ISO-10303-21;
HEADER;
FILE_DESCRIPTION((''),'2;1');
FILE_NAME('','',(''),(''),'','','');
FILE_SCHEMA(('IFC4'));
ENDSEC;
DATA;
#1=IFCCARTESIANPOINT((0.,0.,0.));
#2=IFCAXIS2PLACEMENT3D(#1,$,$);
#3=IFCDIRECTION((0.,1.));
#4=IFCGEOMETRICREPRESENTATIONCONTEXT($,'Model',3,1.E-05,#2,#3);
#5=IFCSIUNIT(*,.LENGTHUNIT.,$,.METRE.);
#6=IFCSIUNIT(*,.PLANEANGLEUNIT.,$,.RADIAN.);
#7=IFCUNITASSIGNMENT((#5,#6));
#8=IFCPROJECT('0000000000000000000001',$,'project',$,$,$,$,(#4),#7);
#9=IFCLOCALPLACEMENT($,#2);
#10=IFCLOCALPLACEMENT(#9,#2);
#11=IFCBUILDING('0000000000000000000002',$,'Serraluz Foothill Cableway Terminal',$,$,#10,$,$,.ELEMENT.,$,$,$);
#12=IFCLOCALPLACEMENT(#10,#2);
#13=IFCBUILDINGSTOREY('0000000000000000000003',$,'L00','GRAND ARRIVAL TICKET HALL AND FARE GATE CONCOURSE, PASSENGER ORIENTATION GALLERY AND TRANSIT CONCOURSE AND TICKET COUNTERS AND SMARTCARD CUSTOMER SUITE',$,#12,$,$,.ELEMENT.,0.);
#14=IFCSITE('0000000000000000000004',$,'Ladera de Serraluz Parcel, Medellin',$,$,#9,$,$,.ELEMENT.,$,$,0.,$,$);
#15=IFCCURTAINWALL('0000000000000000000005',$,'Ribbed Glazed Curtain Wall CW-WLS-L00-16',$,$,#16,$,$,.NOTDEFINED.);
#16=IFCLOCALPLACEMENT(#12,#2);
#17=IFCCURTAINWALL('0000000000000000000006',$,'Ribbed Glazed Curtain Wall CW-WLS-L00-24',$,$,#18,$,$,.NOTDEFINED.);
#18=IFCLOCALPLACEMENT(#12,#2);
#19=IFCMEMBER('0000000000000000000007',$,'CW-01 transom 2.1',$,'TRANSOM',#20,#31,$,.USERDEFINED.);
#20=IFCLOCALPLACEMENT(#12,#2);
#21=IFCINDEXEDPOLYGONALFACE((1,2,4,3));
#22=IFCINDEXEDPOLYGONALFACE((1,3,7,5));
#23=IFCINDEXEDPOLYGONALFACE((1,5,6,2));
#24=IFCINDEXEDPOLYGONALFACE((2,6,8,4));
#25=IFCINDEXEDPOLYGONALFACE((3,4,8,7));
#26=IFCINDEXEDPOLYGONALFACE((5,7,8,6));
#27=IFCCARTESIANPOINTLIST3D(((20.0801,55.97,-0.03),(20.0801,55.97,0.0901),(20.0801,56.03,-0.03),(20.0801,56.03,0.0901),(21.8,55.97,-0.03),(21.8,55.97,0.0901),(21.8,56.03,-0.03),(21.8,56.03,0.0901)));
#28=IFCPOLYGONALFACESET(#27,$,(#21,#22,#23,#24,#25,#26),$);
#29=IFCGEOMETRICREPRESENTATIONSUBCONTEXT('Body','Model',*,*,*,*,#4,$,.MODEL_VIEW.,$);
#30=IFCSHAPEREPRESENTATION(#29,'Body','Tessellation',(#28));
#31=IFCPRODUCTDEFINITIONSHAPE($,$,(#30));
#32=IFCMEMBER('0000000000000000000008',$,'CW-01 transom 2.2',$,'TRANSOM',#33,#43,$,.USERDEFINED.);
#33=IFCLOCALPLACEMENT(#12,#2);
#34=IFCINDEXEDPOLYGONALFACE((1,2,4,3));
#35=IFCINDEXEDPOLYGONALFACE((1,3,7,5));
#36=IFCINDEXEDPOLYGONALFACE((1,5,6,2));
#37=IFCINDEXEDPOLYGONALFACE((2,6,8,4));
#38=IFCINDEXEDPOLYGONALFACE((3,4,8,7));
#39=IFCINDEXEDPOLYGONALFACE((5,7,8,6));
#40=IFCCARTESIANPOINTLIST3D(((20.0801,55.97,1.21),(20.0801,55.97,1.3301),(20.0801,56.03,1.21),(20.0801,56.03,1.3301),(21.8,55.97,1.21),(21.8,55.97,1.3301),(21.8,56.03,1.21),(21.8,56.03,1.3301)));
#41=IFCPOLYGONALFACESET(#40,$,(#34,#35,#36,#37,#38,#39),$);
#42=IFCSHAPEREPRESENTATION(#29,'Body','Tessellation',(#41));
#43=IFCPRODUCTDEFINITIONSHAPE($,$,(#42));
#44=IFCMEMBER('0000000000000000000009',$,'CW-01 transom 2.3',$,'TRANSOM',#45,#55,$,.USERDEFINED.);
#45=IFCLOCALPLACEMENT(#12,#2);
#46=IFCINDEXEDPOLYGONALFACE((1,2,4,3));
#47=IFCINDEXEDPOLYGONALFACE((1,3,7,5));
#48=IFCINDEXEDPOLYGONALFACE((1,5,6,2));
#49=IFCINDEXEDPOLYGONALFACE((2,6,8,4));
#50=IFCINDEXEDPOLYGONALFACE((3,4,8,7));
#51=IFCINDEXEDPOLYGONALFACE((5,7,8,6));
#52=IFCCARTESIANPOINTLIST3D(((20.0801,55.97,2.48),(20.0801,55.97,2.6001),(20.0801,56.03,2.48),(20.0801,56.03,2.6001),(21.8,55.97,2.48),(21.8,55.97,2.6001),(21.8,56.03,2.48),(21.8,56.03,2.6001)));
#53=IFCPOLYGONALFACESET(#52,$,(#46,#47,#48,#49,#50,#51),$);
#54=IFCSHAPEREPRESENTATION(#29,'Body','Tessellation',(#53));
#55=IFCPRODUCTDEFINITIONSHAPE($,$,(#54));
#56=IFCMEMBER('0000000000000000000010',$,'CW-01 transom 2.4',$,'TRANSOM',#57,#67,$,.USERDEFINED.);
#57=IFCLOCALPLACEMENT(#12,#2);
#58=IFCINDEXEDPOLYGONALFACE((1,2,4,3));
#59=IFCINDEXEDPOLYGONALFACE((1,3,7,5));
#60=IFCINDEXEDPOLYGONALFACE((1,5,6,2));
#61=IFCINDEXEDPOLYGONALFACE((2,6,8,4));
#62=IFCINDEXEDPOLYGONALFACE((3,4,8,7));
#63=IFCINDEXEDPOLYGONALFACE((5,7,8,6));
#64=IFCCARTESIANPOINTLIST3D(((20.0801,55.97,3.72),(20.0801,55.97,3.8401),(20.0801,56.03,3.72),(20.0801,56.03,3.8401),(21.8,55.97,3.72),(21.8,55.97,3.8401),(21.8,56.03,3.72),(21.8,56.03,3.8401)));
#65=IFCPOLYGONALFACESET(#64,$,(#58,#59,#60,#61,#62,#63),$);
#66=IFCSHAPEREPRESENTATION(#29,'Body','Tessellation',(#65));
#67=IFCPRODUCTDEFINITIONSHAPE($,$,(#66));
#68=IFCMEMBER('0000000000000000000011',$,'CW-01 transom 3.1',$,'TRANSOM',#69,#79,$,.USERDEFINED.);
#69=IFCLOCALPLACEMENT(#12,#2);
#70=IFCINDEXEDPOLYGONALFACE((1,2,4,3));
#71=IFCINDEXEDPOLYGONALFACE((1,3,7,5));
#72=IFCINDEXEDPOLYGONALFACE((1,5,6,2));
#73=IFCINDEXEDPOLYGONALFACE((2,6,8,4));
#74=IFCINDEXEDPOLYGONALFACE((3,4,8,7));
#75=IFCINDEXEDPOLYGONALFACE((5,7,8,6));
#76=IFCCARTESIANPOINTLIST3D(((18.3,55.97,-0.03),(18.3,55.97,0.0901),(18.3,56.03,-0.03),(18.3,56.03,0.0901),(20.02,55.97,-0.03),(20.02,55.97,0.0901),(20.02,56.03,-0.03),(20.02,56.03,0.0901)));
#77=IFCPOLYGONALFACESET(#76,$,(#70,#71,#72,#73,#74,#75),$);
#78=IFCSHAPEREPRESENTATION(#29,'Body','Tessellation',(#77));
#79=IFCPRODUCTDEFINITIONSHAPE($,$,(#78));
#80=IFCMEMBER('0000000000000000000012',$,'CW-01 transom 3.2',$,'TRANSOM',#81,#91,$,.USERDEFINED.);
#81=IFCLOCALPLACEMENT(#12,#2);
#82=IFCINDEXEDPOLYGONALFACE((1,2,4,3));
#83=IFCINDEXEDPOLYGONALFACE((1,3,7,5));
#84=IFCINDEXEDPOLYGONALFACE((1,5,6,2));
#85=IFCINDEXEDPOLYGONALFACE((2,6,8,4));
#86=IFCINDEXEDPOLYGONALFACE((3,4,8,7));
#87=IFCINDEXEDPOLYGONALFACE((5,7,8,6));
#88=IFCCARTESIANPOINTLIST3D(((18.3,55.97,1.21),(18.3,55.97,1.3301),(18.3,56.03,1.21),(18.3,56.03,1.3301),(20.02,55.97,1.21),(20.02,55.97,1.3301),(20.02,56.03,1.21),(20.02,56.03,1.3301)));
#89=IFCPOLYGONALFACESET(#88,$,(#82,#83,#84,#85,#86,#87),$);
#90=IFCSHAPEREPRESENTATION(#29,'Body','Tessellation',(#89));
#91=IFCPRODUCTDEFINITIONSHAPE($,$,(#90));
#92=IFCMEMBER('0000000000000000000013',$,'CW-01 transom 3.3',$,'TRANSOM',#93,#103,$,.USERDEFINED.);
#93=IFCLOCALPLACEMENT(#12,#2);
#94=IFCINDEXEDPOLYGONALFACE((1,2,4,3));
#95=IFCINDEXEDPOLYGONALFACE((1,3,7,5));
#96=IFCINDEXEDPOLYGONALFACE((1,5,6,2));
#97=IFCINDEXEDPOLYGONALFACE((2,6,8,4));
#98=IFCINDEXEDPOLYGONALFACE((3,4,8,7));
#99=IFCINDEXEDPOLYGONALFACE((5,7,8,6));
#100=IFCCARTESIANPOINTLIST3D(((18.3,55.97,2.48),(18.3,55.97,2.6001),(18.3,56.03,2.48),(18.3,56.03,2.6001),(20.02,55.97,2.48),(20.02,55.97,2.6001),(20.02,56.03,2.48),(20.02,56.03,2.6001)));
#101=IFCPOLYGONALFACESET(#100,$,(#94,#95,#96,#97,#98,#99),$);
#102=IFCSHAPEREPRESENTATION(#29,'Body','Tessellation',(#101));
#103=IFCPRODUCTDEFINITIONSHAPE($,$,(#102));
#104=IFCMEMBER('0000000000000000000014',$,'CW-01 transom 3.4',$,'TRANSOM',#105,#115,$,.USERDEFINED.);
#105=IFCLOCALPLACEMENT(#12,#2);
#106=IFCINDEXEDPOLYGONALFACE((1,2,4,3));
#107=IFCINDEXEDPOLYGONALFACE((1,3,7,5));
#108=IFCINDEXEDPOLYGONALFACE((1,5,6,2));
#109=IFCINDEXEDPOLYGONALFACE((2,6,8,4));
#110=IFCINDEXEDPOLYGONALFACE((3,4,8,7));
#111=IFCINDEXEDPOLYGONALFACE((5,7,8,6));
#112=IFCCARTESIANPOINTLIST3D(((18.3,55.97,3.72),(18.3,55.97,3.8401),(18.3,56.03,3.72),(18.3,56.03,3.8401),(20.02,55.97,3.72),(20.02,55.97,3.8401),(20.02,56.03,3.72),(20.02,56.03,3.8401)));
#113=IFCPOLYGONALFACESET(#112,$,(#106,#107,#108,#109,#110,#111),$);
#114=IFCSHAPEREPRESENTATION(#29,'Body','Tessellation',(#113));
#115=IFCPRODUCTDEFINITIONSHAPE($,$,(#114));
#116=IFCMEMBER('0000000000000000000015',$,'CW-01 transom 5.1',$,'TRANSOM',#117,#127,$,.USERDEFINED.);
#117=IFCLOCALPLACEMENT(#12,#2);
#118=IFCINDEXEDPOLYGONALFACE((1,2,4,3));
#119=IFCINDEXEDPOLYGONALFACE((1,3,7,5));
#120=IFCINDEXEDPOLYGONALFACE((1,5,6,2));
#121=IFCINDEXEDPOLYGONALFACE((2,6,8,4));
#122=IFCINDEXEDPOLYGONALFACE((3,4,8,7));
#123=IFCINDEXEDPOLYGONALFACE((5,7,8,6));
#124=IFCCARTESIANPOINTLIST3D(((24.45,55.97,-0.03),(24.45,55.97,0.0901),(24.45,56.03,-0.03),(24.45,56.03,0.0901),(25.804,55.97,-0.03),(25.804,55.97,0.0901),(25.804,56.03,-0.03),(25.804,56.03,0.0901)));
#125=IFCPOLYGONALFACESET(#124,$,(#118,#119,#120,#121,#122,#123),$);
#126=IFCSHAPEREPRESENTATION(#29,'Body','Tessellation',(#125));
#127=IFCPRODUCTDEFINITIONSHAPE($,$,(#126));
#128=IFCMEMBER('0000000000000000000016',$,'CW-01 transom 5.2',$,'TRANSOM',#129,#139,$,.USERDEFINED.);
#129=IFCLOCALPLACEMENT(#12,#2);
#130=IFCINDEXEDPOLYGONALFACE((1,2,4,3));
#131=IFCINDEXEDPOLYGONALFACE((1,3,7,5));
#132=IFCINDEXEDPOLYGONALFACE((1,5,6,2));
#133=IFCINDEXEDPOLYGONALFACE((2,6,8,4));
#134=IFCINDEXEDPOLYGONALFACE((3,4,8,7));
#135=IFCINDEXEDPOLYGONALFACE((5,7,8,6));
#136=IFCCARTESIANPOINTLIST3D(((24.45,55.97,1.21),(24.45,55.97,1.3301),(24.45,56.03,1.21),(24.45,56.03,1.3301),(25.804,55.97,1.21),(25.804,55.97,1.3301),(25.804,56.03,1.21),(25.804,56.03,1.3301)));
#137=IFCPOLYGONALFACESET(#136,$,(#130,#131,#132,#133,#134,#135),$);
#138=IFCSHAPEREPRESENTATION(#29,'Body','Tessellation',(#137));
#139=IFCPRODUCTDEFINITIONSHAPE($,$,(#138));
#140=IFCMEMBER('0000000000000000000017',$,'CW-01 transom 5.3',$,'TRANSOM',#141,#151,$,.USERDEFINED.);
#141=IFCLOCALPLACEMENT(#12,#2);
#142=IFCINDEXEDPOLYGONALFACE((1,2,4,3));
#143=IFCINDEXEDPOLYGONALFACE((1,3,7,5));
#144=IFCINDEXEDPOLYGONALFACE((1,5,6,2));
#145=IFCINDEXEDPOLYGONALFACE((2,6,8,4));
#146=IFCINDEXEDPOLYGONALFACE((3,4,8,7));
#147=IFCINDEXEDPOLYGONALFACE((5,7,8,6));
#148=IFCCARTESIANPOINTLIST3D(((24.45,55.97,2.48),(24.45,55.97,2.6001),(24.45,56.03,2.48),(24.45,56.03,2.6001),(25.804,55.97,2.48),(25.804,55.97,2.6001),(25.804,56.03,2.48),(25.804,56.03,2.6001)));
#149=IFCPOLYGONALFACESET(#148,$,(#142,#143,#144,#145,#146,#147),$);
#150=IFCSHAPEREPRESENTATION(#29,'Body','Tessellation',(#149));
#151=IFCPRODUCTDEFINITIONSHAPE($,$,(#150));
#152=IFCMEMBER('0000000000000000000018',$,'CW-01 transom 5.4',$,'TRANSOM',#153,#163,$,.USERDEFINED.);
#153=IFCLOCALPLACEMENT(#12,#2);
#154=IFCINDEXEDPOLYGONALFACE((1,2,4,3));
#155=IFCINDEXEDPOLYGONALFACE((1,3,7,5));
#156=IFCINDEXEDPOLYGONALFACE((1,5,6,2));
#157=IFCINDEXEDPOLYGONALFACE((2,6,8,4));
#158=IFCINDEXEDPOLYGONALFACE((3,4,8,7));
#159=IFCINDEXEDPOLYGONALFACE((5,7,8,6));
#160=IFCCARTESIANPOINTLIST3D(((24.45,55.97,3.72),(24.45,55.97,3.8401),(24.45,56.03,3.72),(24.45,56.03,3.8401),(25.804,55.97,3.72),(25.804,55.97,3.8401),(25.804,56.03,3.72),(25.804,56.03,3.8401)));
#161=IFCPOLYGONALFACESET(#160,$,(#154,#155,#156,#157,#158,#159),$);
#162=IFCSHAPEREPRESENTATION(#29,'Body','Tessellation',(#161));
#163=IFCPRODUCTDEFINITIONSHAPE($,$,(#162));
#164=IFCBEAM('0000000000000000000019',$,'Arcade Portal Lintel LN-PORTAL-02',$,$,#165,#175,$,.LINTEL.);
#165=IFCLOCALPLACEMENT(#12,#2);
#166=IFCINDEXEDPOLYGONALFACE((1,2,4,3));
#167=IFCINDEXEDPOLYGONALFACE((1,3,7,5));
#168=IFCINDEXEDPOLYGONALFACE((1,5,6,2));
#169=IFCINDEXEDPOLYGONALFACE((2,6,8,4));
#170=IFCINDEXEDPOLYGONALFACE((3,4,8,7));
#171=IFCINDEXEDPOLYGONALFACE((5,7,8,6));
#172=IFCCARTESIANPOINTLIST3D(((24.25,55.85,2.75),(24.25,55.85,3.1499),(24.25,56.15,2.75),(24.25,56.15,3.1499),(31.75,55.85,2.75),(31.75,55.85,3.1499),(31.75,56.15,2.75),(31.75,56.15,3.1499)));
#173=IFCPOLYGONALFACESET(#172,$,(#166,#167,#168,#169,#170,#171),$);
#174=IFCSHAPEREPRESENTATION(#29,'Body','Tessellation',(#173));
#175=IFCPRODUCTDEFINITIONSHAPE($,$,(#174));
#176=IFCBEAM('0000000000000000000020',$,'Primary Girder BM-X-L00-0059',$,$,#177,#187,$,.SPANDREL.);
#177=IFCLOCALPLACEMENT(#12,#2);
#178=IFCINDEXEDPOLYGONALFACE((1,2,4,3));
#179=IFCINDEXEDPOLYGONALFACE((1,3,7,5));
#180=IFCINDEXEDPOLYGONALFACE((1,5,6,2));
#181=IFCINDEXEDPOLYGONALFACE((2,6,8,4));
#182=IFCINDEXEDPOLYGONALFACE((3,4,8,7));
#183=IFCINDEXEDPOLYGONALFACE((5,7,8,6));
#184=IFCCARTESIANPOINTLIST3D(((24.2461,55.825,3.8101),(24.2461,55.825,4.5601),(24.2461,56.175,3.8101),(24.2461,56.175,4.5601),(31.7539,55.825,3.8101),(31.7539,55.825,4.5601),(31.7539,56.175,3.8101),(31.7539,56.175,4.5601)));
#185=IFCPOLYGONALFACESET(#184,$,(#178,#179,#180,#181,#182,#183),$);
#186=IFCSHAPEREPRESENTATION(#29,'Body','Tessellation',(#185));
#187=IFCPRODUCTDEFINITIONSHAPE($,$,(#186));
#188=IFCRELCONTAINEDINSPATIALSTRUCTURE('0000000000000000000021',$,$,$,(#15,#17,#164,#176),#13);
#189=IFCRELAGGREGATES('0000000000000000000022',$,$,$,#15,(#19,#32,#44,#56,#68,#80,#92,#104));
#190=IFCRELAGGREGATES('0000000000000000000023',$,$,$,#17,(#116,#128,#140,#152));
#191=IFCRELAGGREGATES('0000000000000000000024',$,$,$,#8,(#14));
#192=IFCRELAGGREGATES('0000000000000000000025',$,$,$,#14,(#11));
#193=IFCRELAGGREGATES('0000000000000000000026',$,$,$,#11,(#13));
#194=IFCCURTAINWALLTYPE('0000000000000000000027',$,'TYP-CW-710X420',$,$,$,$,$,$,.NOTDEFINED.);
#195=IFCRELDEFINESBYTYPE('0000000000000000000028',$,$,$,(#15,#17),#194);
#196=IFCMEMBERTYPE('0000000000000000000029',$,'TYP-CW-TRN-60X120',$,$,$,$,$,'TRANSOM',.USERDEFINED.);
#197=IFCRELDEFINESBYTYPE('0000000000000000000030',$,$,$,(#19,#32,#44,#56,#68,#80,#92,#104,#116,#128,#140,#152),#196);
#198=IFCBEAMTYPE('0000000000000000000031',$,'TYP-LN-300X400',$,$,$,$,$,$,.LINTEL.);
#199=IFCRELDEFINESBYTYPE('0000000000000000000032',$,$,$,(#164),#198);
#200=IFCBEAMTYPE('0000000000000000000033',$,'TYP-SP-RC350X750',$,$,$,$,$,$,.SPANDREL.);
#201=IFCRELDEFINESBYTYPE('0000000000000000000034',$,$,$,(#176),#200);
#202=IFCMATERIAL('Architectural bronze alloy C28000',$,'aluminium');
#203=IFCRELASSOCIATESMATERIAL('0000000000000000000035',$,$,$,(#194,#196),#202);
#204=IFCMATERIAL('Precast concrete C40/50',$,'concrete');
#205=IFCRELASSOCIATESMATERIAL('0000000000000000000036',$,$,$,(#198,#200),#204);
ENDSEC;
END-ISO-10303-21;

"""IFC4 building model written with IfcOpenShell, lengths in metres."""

from ifc_helpers import new_model, si_unit, direction, frame, origin, origin_2d, place, context, subcontext, project, spatial, rectangle, extrude, material, material_profile, profile_set, type_object, element, aggregate, save


model = new_model("IFC4")

# Units and contexts
model_context = context("Model", 3, precision=1e-05, world=origin(), true_north=direction((0.0, 1.0)))
body_context = subcontext(model_context, "Body", "Model", "MODEL_VIEW")
ifc_project = project(units=[si_unit("LENGTHUNIT", "METRE"), si_unit("PLANEANGLEUNIT", "RADIAN")], contexts=[model_context])

# Site, building, storey
site_placement = place(None, origin())
site = spatial("IfcSite", under=ifc_project, at=site_placement, Name="Ladera de Serraluz Parcel, Medellin", CompositionType="ELEMENT", RefElevation=0.0)
building_placement = place(site_placement, origin())
building = spatial("IfcBuilding", under=site, at=building_placement, Name="Serraluz Foothill Cableway Terminal", CompositionType="ELEMENT")
storey_placement = place(building_placement, origin())
storey = spatial("IfcBuildingStorey", under=building, at=storey_placement, Name="L00", Description="GRAND ARRIVAL TICKET HALL AND FARE GATE CONCOURSE, PASSENGER ORIENTATION GALLERY AND TRANSIT CONCOURSE AND TICKET COUNTERS AND SMARTCARD CUSTOMER SUITE", CompositionType="ELEMENT", Elevation=0.0)

# Curtain walls
ifc_material_1 = material(Name="Architectural bronze alloy C28000", Category="aluminium")
curtain_wall_type = type_object("IfcCurtainWallType", Name="TYP-CW-710X420", PredefinedType="NOTDEFINED", material=ifc_material_1)
curtain_wall_1_placement = place(storey_placement, origin())
curtain_wall_1 = element("IfcCurtainWall", 1, at=curtain_wall_1_placement, inside=storey, type_object=curtain_wall_type, Name="Ribbed Glazed Curtain Wall CW-WLS-L00-16", PredefinedType="NOTDEFINED")
curtain_wall_2_placement = place(storey_placement, origin())
curtain_wall_2 = element("IfcCurtainWall", 2, at=curtain_wall_2_placement, inside=storey, type_object=curtain_wall_type, Name="Ribbed Glazed Curtain Wall CW-WLS-L00-24", PredefinedType="NOTDEFINED")

# Members
ifc_material_profile_1 = material_profile(ifc_material_1, rectangle(XDim=0.0601, YDim=0.1201, at=origin_2d()), Name="ALU TRANSOM 60x120")
ifc_profile_set_1 = profile_set([ifc_material_profile_1], Name="Architectural bronze alloy C28000")
member_type_1 = type_object("IfcMemberType", Name="TYP-CW-TRN-60X120", ElementType="TRANSOM", PredefinedType="USERDEFINED", material=ifc_profile_set_1)
member_1_placement = place(storey_placement, frame((21.8, 56.0, 0.03), z_axis=(-1.0, 0.0, 0.0), x_axis=(0.0, -1.0, 0.0)))
member_1 = element("IfcMember", 3, at=member_1_placement, type_object=member_type_1, Name="CW-01 transom 2.1", ObjectType="TRANSOM", PredefinedType="USERDEFINED", context=body_context, shape_type="SweptSolid", body=[
    extrude(rectangle(XDim=0.0601, YDim=0.1201, at=origin_2d()), origin(), (0.0, 0.0, 1.0), 1.72),
])
member_2_placement = place(storey_placement, frame((21.8, 56.0, 1.27), z_axis=(-1.0, 0.0, 0.0), x_axis=(0.0, -1.0, 0.0)))
member_2 = element("IfcMember", 4, at=member_2_placement, type_object=member_type_1, Name="CW-01 transom 2.2", ObjectType="TRANSOM", PredefinedType="USERDEFINED", context=body_context, shape_type="SweptSolid", body=[
    extrude(rectangle(XDim=0.0601, YDim=0.1201, at=origin_2d()), origin(), (0.0, 0.0, 1.0), 1.72),
])
member_3_placement = place(storey_placement, frame((21.8, 56.0, 2.54), z_axis=(-1.0, 0.0, 0.0), x_axis=(0.0, -1.0, 0.0)))
member_3 = element("IfcMember", 5, at=member_3_placement, type_object=member_type_1, Name="CW-01 transom 2.3", ObjectType="TRANSOM", PredefinedType="USERDEFINED", context=body_context, shape_type="SweptSolid", body=[
    extrude(rectangle(XDim=0.0601, YDim=0.1201, at=origin_2d()), origin(), (0.0, 0.0, 1.0), 1.72),
])
member_4_placement = place(storey_placement, frame((21.8, 56.0, 3.78), z_axis=(-1.0, 0.0, 0.0), x_axis=(0.0, -1.0, 0.0)))
member_4 = element("IfcMember", 6, at=member_4_placement, type_object=member_type_1, Name="CW-01 transom 2.4", ObjectType="TRANSOM", PredefinedType="USERDEFINED", context=body_context, shape_type="SweptSolid", body=[
    extrude(rectangle(XDim=0.0601, YDim=0.1201, at=origin_2d()), origin(), (0.0, 0.0, 1.0), 1.72),
])
member_5_placement = place(storey_placement, frame((20.02, 56.0, 0.03), z_axis=(-1.0, 0.0, 0.0), x_axis=(0.0, -1.0, 0.0)))
member_5 = element("IfcMember", 7, at=member_5_placement, type_object=member_type_1, Name="CW-01 transom 3.1", ObjectType="TRANSOM", PredefinedType="USERDEFINED", context=body_context, shape_type="SweptSolid", body=[
    extrude(rectangle(XDim=0.0601, YDim=0.1201, at=origin_2d()), origin(), (0.0, 0.0, 1.0), 1.72),
])
member_6_placement = place(storey_placement, frame((20.02, 56.0, 1.27), z_axis=(-1.0, 0.0, 0.0), x_axis=(0.0, -1.0, 0.0)))
member_6 = element("IfcMember", 8, at=member_6_placement, type_object=member_type_1, Name="CW-01 transom 3.2", ObjectType="TRANSOM", PredefinedType="USERDEFINED", context=body_context, shape_type="SweptSolid", body=[
    extrude(rectangle(XDim=0.0601, YDim=0.1201, at=origin_2d()), origin(), (0.0, 0.0, 1.0), 1.72),
])
member_7_placement = place(storey_placement, frame((20.02, 56.0, 2.54), z_axis=(-1.0, 0.0, 0.0), x_axis=(0.0, -1.0, 0.0)))
member_7 = element("IfcMember", 9, at=member_7_placement, type_object=member_type_1, Name="CW-01 transom 3.3", ObjectType="TRANSOM", PredefinedType="USERDEFINED", context=body_context, shape_type="SweptSolid", body=[
    extrude(rectangle(XDim=0.0601, YDim=0.1201, at=origin_2d()), origin(), (0.0, 0.0, 1.0), 1.72),
])
member_8_placement = place(storey_placement, frame((20.02, 56.0, 3.78), z_axis=(-1.0, 0.0, 0.0), x_axis=(0.0, -1.0, 0.0)))
member_8 = element("IfcMember", 10, at=member_8_placement, type_object=member_type_1, Name="CW-01 transom 3.4", ObjectType="TRANSOM", PredefinedType="USERDEFINED", context=body_context, shape_type="SweptSolid", body=[
    extrude(rectangle(XDim=0.0601, YDim=0.1201, at=origin_2d()), origin(), (0.0, 0.0, 1.0), 1.72),
])
member_9_placement = place(storey_placement, frame((25.804, 56.0, 0.03), z_axis=(-1.0, 0.0, 0.0), x_axis=(0.0, -1.0, 0.0)))
member_9 = element("IfcMember", 11, at=member_9_placement, type_object=member_type_1, Name="CW-01 transom 5.1", ObjectType="TRANSOM", PredefinedType="USERDEFINED", context=body_context, shape_type="SweptSolid", body=[
    extrude(rectangle(XDim=0.0601, YDim=0.1201, at=origin_2d()), origin(), (0.0, 0.0, 1.0), 1.354),
])
member_10_placement = place(storey_placement, frame((25.804, 56.0, 1.27), z_axis=(-1.0, 0.0, 0.0), x_axis=(0.0, -1.0, 0.0)))
member_10 = element("IfcMember", 12, at=member_10_placement, type_object=member_type_1, Name="CW-01 transom 5.2", ObjectType="TRANSOM", PredefinedType="USERDEFINED", context=body_context, shape_type="SweptSolid", body=[
    extrude(rectangle(XDim=0.0601, YDim=0.1201, at=origin_2d()), origin(), (0.0, 0.0, 1.0), 1.354),
])
member_11_placement = place(storey_placement, frame((25.804, 56.0, 2.54), z_axis=(-1.0, 0.0, 0.0), x_axis=(0.0, -1.0, 0.0)))
member_11 = element("IfcMember", 13, at=member_11_placement, type_object=member_type_1, Name="CW-01 transom 5.3", ObjectType="TRANSOM", PredefinedType="USERDEFINED", context=body_context, shape_type="SweptSolid", body=[
    extrude(rectangle(XDim=0.0601, YDim=0.1201, at=origin_2d()), origin(), (0.0, 0.0, 1.0), 1.354),
])
member_12_placement = place(storey_placement, frame((25.804, 56.0, 3.78), z_axis=(-1.0, 0.0, 0.0), x_axis=(0.0, -1.0, 0.0)))
member_12 = element("IfcMember", 14, at=member_12_placement, type_object=member_type_1, Name="CW-01 transom 5.4", ObjectType="TRANSOM", PredefinedType="USERDEFINED", context=body_context, shape_type="SweptSolid", body=[
    extrude(rectangle(XDim=0.0601, YDim=0.1201, at=origin_2d()), origin(), (0.0, 0.0, 1.0), 1.354),
])

# Beams
ifc_material_2 = material(Name="Precast concrete C40/50", Category="concrete")
ifc_material_profile_2 = material_profile(ifc_material_2, rectangle(XDim=0.3, YDim=0.3999, at=origin_2d()), Name="RC LN 300x400")
ifc_profile_set_2 = profile_set([ifc_material_profile_2], Name="Precast concrete C40/50")
beam_type_1 = type_object("IfcBeamType", Name="TYP-LN-300X400", PredefinedType="LINTEL", material=ifc_profile_set_2)
beam_1_placement = place(storey_placement, frame((24.25, 56.0, 2.95), z_axis=(1.0, 0.0, 0.0), x_axis=(0.0, 1.0, 0.0)))
element("IfcBeam", 15, at=beam_1_placement, inside=storey, type_object=beam_type_1, Name="Arcade Portal Lintel LN-PORTAL-02", PredefinedType="LINTEL", context=body_context, shape_type="SweptSolid", body=[
    extrude(rectangle(XDim=0.3, YDim=0.3999, at=origin_2d()), origin(), (0.0, 0.0, 1.0), 7.5),
])
ifc_material_profile_3 = material_profile(ifc_material_2, rectangle(XDim=0.3501, YDim=0.75, at=origin_2d()), Name="RC SP 350x750")
ifc_profile_set_3 = profile_set([ifc_material_profile_3], Name="Precast concrete C40/50")
beam_type_2 = type_object("IfcBeamType", Name="TYP-SP-RC350X750", PredefinedType="SPANDREL", material=ifc_profile_set_3)
beam_2_placement = place(storey_placement, frame((24.2461, 56.0, 4.1851), z_axis=(1.0, 0.0, 0.0), x_axis=(0.0, 1.0, 0.0)))
element("IfcBeam", 16, at=beam_2_placement, inside=storey, type_object=beam_type_2, Name="Primary Girder BM-X-L00-0059", PredefinedType="SPANDREL", context=body_context, shape_type="SweptSolid", body=[
    extrude(rectangle(XDim=0.3501, YDim=0.75, at=origin_2d()), origin(), (0.0, 0.0, 1.0), 7.5078),
])

aggregate(curtain_wall_1, [member_1, member_2, member_3, member_4, member_5, member_6, member_7, member_8])
aggregate(curtain_wall_2, [member_9, member_10, member_11, member_12])

save(model, "model.ifc")
